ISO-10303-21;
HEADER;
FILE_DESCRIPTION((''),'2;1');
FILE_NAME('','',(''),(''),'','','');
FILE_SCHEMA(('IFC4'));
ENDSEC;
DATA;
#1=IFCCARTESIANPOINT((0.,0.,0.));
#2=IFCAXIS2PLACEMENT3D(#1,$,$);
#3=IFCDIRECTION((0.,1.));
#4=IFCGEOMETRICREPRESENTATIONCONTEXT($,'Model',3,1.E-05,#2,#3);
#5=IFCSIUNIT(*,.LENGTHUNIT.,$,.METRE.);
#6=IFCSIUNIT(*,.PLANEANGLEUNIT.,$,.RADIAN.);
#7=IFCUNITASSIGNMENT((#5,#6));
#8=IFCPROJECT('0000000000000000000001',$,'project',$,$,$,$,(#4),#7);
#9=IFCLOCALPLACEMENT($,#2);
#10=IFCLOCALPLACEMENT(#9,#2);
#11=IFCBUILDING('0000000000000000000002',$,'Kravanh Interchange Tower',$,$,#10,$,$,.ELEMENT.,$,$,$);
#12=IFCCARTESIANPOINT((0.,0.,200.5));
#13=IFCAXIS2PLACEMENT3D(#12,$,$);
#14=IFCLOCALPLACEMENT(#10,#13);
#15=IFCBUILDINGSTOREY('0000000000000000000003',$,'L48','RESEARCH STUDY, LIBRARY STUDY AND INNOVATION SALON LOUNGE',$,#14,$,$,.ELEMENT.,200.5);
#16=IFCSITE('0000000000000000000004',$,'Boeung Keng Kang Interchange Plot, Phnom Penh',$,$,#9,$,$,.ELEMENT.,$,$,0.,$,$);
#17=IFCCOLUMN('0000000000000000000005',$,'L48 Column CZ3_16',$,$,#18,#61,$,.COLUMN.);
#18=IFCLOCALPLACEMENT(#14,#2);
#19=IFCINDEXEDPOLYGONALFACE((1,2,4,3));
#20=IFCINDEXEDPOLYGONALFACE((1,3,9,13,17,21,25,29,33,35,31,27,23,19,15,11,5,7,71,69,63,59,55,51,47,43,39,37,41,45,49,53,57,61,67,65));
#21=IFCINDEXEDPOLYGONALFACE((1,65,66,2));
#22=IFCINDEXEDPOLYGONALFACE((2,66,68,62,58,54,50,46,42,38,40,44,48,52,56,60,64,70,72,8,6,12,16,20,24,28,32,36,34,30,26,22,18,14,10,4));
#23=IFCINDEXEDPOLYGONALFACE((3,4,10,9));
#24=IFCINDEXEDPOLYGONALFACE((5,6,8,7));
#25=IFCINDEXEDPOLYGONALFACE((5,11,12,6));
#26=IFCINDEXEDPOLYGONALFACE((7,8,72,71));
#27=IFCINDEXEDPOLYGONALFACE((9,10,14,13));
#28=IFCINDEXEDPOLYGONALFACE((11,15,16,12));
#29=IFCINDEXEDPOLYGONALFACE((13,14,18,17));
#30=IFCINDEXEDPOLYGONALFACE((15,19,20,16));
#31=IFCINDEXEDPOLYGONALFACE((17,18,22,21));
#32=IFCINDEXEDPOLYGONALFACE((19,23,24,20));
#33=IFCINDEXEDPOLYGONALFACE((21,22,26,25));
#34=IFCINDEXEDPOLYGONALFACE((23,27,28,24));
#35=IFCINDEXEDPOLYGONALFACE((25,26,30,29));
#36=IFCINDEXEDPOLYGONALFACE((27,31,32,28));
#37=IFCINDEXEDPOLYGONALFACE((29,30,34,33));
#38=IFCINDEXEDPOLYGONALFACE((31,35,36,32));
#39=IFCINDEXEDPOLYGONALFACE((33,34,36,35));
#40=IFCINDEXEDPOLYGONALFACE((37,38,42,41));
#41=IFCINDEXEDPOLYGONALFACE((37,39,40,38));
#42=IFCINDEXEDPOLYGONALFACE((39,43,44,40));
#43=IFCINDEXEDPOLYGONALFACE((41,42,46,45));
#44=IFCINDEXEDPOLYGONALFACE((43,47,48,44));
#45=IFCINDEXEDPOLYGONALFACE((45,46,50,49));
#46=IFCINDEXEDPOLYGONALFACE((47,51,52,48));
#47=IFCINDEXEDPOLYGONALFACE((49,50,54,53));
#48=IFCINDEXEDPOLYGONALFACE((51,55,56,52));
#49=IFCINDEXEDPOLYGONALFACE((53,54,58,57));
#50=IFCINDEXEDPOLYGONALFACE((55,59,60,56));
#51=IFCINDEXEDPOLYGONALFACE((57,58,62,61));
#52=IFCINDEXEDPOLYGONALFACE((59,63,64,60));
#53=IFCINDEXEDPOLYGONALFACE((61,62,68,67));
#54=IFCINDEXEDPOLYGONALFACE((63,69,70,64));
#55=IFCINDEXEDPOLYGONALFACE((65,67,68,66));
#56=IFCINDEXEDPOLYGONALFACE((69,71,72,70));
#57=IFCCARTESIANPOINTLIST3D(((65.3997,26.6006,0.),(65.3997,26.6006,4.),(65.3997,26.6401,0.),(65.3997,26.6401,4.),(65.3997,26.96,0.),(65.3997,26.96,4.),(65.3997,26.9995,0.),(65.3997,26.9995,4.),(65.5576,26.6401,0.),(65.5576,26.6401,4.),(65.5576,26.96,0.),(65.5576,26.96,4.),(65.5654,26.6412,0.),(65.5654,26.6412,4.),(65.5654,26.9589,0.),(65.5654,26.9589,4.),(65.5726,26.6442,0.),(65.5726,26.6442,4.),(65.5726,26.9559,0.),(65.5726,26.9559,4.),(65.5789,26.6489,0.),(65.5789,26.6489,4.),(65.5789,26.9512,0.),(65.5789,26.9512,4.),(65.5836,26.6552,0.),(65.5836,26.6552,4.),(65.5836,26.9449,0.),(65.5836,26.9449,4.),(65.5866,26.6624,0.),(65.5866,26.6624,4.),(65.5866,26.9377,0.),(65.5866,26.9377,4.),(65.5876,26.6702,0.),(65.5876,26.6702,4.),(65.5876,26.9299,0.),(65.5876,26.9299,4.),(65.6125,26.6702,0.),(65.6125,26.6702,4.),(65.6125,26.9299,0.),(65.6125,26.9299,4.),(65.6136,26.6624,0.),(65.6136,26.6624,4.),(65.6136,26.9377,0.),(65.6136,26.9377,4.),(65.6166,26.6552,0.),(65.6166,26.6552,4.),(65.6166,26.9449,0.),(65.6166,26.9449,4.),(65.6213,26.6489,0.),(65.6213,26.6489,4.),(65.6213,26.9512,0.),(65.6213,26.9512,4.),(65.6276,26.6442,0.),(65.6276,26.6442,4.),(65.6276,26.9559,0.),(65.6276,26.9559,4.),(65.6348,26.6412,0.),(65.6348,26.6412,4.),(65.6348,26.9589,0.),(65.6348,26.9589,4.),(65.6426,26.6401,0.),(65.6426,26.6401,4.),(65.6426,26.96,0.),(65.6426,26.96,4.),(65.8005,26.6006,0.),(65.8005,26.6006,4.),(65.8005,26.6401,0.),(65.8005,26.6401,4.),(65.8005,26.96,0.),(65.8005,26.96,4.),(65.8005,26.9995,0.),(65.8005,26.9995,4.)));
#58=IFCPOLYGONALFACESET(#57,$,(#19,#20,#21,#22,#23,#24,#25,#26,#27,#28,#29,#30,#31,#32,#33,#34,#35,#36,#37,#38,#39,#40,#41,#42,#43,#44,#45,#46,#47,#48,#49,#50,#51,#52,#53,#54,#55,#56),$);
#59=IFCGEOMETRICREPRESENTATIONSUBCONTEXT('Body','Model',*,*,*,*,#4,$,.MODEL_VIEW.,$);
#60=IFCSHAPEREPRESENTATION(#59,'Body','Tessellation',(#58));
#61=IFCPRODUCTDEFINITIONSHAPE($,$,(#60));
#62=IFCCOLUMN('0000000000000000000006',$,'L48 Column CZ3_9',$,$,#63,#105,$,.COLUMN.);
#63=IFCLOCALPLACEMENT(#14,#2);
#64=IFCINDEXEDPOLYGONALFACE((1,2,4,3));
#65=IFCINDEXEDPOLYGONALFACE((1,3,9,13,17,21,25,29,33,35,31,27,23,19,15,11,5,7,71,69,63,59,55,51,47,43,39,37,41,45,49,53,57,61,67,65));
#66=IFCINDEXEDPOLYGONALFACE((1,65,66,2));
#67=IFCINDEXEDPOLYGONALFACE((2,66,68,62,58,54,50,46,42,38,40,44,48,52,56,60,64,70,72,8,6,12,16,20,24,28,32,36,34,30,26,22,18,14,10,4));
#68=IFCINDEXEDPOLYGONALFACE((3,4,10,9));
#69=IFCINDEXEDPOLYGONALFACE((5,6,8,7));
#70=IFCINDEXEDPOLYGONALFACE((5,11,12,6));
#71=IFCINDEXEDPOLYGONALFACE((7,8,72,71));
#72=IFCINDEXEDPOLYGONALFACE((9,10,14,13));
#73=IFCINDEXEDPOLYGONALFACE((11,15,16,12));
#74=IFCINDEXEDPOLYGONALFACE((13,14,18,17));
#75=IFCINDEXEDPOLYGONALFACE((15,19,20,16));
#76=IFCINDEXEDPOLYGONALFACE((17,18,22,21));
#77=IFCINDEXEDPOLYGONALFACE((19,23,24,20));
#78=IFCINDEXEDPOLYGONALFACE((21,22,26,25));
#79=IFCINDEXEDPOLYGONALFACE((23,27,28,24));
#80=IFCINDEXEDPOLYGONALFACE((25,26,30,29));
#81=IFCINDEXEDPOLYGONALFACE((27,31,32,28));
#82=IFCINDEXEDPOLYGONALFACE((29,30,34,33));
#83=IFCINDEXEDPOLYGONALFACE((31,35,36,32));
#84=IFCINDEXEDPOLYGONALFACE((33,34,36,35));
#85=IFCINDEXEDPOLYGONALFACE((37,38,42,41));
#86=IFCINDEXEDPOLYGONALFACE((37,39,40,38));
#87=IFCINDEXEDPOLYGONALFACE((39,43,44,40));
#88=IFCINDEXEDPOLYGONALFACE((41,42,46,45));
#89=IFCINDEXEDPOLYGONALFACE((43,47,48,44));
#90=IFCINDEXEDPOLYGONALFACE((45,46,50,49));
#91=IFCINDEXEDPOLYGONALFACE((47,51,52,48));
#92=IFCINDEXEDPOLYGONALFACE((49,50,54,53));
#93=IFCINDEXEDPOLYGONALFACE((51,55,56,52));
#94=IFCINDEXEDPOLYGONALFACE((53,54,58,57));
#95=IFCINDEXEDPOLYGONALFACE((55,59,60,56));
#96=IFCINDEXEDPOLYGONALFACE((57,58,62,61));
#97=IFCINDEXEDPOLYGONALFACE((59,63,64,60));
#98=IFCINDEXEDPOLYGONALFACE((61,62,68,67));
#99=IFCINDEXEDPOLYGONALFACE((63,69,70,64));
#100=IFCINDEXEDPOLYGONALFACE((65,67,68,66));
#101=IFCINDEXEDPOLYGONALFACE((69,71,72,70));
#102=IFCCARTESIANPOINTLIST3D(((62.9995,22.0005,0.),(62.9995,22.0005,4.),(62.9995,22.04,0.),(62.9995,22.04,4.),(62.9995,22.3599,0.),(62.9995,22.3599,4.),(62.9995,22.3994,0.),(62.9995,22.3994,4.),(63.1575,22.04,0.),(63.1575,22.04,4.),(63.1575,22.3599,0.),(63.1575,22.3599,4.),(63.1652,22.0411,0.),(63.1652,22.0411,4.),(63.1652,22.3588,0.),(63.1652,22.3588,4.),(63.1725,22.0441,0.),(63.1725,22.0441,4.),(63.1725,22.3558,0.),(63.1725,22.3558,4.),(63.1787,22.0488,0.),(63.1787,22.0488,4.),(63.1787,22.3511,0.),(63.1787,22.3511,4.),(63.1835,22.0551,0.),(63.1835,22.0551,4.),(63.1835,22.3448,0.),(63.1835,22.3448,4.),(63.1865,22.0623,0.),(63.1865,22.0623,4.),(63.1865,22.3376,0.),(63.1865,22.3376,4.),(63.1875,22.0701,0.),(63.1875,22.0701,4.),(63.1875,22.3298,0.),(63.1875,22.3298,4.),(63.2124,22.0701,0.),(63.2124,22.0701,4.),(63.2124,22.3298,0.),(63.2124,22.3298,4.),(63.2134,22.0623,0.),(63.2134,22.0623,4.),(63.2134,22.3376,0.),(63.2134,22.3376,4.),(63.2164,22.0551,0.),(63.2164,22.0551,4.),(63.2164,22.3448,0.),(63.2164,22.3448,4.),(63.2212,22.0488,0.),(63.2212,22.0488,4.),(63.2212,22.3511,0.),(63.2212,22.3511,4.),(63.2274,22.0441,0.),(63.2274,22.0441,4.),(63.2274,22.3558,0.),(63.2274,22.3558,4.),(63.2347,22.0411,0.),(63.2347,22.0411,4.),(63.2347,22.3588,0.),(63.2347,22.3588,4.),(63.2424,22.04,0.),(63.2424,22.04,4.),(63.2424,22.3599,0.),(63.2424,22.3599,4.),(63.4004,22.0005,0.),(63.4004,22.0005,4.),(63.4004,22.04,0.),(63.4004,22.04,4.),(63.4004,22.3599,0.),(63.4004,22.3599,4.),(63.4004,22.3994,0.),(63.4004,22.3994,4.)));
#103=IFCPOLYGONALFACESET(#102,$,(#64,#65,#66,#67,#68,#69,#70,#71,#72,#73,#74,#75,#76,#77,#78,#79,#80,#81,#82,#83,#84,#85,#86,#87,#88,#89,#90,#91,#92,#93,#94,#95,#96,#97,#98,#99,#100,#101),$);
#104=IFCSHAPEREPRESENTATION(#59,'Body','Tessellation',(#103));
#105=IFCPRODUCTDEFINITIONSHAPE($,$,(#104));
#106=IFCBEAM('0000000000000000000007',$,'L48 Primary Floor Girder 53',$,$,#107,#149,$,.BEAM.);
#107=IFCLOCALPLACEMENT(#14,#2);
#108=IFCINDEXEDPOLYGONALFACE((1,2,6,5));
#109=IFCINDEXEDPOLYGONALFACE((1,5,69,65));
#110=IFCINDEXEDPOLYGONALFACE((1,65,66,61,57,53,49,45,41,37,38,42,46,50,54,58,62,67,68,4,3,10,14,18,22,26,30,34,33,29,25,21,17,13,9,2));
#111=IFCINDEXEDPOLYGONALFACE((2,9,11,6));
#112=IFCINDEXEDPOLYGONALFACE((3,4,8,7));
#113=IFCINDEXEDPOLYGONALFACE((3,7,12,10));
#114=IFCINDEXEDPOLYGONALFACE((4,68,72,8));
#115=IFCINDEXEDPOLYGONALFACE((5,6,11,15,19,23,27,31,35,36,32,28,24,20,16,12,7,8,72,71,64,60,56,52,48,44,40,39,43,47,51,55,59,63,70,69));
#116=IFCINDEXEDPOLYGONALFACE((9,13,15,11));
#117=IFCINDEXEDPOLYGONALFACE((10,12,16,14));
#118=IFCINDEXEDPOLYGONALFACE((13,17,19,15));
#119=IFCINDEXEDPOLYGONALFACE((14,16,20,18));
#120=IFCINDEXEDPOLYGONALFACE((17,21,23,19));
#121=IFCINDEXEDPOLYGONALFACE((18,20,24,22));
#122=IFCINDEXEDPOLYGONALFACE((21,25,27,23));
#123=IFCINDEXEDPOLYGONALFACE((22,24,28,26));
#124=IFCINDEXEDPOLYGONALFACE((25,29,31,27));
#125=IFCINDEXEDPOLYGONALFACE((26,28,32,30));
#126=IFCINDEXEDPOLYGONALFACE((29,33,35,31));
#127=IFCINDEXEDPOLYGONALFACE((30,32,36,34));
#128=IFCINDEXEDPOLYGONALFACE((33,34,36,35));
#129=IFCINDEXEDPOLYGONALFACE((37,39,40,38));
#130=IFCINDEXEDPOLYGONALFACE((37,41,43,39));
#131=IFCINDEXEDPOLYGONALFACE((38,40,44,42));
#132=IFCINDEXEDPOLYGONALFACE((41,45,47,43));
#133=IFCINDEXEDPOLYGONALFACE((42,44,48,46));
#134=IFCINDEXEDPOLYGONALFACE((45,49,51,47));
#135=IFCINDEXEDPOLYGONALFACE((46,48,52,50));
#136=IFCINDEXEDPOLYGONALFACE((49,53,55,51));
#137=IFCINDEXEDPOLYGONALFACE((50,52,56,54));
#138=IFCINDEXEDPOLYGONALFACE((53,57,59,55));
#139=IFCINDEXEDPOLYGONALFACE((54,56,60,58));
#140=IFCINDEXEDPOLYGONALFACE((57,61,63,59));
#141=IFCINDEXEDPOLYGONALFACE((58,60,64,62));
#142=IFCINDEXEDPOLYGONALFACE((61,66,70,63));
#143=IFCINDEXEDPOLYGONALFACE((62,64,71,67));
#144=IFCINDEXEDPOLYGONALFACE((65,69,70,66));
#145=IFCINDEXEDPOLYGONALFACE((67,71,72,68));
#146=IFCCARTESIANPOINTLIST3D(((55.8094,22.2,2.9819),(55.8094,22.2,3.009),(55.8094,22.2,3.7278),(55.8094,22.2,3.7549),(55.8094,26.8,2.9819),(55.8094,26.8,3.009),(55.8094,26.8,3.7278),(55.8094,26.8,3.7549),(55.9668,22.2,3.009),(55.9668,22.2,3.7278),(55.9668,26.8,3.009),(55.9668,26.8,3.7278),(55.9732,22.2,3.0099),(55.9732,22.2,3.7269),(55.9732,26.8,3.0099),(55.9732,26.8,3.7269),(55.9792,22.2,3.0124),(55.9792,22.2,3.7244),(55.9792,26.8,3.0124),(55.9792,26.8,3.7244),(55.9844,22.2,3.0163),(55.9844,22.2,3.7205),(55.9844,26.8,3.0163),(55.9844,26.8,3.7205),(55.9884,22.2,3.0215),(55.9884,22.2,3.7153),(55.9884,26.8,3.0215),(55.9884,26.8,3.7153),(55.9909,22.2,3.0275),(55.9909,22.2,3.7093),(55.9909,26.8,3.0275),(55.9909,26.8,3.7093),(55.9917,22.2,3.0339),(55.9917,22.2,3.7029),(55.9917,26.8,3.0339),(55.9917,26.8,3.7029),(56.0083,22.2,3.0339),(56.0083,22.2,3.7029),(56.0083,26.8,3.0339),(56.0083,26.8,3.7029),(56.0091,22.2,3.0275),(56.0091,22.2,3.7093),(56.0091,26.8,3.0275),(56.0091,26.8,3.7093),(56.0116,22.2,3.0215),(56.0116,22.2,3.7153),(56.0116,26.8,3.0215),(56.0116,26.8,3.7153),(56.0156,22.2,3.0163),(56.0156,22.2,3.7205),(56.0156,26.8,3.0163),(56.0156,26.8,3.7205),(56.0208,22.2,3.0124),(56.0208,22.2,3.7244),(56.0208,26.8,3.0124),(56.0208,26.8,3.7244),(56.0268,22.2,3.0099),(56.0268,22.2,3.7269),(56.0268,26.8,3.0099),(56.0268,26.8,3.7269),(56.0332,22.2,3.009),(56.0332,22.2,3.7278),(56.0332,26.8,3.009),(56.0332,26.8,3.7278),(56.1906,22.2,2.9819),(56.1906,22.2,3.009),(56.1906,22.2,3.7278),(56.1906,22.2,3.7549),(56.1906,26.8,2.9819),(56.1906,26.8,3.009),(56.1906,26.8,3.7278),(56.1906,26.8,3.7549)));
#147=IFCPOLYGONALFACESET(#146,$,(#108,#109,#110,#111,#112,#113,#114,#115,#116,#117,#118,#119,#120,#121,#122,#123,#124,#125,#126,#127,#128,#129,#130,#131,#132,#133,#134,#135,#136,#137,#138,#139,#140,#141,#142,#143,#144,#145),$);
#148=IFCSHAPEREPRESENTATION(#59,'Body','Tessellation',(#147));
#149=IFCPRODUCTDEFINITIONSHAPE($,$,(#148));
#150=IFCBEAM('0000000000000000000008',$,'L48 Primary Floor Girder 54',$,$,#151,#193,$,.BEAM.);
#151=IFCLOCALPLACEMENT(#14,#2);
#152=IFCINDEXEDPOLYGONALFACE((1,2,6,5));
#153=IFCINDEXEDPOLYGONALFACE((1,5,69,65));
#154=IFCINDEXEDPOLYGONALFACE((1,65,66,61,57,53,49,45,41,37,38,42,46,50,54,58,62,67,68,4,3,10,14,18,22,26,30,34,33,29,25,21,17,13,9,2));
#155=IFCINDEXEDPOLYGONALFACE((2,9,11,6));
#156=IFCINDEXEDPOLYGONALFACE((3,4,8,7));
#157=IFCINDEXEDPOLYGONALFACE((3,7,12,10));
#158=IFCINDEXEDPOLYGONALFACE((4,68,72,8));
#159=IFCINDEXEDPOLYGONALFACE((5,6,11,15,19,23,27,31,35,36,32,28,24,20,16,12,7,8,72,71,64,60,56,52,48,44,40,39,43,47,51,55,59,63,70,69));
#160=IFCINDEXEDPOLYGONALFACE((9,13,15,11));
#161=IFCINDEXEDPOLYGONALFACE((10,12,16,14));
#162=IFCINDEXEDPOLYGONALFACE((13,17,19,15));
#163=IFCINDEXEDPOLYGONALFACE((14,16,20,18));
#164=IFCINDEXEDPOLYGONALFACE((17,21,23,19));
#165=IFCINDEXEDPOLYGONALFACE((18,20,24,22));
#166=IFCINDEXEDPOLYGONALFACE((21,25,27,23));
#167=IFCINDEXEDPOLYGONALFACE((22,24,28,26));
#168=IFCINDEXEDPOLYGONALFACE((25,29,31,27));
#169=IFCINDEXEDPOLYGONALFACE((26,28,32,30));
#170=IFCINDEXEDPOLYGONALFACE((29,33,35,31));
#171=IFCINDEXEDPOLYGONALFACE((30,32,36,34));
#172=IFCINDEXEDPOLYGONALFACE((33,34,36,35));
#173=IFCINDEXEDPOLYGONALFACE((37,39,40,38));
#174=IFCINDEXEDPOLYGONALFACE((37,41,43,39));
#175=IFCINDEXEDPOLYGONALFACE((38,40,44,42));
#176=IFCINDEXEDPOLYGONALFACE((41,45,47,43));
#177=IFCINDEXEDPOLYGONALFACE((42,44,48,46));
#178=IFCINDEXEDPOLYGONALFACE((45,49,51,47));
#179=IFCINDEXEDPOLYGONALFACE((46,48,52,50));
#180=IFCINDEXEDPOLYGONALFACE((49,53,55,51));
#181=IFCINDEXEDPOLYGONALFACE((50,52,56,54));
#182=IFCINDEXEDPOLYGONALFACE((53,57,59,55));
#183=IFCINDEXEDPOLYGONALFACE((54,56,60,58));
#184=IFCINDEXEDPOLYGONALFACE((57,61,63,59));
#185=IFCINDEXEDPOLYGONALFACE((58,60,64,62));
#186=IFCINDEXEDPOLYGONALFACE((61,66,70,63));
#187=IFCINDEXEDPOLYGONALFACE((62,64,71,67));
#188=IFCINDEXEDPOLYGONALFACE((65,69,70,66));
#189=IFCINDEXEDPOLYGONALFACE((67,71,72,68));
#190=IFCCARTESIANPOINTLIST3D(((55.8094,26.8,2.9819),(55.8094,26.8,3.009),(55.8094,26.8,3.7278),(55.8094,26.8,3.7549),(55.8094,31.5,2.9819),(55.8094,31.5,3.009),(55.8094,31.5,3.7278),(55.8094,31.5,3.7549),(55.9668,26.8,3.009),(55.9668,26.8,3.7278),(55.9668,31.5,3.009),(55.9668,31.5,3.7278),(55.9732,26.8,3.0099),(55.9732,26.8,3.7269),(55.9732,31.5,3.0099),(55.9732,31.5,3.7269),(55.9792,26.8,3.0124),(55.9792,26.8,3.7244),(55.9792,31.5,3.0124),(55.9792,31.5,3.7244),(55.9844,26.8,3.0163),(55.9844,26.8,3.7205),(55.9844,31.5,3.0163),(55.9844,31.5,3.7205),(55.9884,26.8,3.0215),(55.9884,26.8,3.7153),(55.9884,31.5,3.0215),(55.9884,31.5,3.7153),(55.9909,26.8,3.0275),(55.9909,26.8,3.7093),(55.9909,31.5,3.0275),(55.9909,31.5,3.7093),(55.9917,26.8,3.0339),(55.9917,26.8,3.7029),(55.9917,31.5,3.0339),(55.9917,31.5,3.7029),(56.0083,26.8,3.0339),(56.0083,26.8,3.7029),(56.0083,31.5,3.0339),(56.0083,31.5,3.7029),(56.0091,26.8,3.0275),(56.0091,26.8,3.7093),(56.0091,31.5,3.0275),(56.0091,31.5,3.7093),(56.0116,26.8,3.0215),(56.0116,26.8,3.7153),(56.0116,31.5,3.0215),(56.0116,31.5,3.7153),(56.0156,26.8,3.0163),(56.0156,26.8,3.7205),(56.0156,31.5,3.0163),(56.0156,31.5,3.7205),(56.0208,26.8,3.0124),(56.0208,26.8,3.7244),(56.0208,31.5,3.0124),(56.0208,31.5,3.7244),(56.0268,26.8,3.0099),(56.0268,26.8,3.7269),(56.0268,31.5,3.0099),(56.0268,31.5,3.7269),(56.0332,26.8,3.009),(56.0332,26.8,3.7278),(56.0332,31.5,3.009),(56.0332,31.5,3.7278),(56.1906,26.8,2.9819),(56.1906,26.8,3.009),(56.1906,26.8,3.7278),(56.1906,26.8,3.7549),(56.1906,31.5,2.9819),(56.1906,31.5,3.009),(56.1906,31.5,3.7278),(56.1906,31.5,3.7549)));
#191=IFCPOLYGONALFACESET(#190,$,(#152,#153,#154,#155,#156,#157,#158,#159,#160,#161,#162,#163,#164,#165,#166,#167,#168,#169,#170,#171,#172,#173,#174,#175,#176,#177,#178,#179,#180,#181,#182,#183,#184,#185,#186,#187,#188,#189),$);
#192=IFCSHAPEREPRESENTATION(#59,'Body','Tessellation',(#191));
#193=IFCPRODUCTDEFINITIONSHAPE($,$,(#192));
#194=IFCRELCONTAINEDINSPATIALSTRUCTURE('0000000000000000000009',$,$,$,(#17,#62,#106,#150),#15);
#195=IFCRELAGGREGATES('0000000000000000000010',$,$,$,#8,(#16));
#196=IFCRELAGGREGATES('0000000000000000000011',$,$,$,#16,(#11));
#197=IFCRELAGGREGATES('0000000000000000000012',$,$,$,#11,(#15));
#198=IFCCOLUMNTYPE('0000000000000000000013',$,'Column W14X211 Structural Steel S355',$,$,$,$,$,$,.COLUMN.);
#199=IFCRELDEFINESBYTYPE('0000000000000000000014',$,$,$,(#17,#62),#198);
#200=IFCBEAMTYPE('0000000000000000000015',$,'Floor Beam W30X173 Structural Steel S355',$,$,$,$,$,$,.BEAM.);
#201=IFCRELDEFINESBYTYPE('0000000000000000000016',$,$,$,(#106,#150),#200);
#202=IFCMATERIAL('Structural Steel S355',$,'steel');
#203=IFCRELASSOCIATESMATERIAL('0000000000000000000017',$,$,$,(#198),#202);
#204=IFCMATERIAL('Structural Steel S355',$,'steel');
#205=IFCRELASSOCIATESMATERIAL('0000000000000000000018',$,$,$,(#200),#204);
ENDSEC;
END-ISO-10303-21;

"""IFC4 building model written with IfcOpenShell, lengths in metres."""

from ifc_helpers import new_model, si_unit, direction, frame, origin, origin_2d, place, context, subcontext, project, spatial, i_section, extrude, material, material_profile, profile_set, type_object, element, save


model = new_model("IFC4")

# Units and contexts
model_context = context("Model", 3, precision=1e-05, world=origin(), true_north=direction((0.0, 1.0)))
body_context = subcontext(model_context, "Body", "Model", "MODEL_VIEW")
ifc_project = project(units=[si_unit("LENGTHUNIT", "METRE"), si_unit("PLANEANGLEUNIT", "RADIAN")], contexts=[model_context])

# Site, building, storey
site_placement = place(None, origin())
site = spatial("IfcSite", under=ifc_project, at=site_placement, Name="Boeung Keng Kang Interchange Plot, Phnom Penh", CompositionType="ELEMENT", RefElevation=0.0)
building_placement = place(site_placement, origin())
building = spatial("IfcBuilding", under=site, at=building_placement, Name="Kravanh Interchange Tower", CompositionType="ELEMENT")
storey_placement = place(building_placement, frame((0.0, 0.0, 200.5)))
storey = spatial("IfcBuildingStorey", under=building, at=storey_placement, Name="L48", Description="RESEARCH STUDY, LIBRARY STUDY AND INNOVATION SALON LOUNGE", CompositionType="ELEMENT", Elevation=200.5)

# Columns
ifc_material_1 = material(Name="Structural Steel S355", Category="steel")
ifc_material_profile_1 = material_profile(ifc_material_1, i_section(OverallWidth=0.4009, OverallDepth=0.3989, WebThickness=0.0249, FlangeThickness=0.0396, FilletRadius=0.03, at=origin_2d()), Name="W14X211")
ifc_profile_set_1 = profile_set([ifc_material_profile_1], Name="Structural Steel S355")
column_type = type_object("IfcColumnType", Name="Column W14X211 Structural Steel S355", PredefinedType="COLUMN", material=ifc_profile_set_1)
for number, where, z_axis, x_axis, name in (
    (1, (65.6001, 26.8, 0.0), (0.0, 0.0, 1.0), (1.0, 0.0, 0.0), "L48 Column CZ3_16"),
    (2, (63.2, 22.2, 0.0), (0.0, 0.0, 1.0), (1.0, 0.0, 0.0), "L48 Column CZ3_9"),
):
    element("IfcColumn", number, at=place(storey_placement, frame(where, z_axis=z_axis, x_axis=x_axis)), inside=storey, type_object=column_type, Name=name, PredefinedType="COLUMN", context=body_context, shape_type="SweptSolid", body=[
        extrude(i_section(OverallWidth=0.4009, OverallDepth=0.3989, WebThickness=0.0249, FlangeThickness=0.0396, FilletRadius=0.03, at=origin_2d()), origin(), (0.0, 0.0, 1.0), 4.0),
    ])

# Beams
ifc_material_2 = material(Name="Structural Steel S355", Category="steel")
ifc_material_profile_2 = material_profile(ifc_material_2, i_section(OverallWidth=0.3811, OverallDepth=0.7729, WebThickness=0.0166, FlangeThickness=0.0271, FilletRadius=0.0249, at=origin_2d()), Name="W30X173")
ifc_profile_set_2 = profile_set([ifc_material_profile_2], Name="Structural Steel S355")
beam_type_1 = type_object("IfcBeamType", Name="Floor Beam W30X173 Structural Steel S355", PredefinedType="BEAM", material=ifc_profile_set_2)
beam_1_placement = place(storey_placement, frame((56.0, 26.8, 3.3684), z_axis=(0.0, -1.0, 0.0), x_axis=(1.0, 0.0, 0.0)))
element("IfcBeam", 3, at=beam_1_placement, inside=storey, type_object=beam_type_1, Name="L48 Primary Floor Girder 53", PredefinedType="BEAM", context=body_context, shape_type="SweptSolid", body=[
    extrude(i_section(OverallWidth=0.3811, OverallDepth=0.7729, WebThickness=0.0166, FlangeThickness=0.0271, FilletRadius=0.0249, at=origin_2d()), origin(), (0.0, 0.0, 1.0), 4.6001),
])
for number, where, z_axis, x_axis, name in (
    (4, (56.0, 26.8, 3.3684), (0.0, 1.0, 0.0), (-1.0, 0.0, 0.0), "L48 Primary Floor Girder 54"),
):
    element("IfcBeam", number, at=place(storey_placement, frame(where, z_axis=z_axis, x_axis=x_axis)), inside=storey, type_object=beam_type_1, Name=name, PredefinedType="BEAM", context=body_context, shape_type="SweptSolid", body=[
        extrude(i_section(OverallWidth=0.3811, OverallDepth=0.7729, WebThickness=0.0166, FlangeThickness=0.0271, FilletRadius=0.0249, at=origin_2d()), origin(), (0.0, 0.0, 1.0), 4.7),
    ])

save(model, "model.ifc")
